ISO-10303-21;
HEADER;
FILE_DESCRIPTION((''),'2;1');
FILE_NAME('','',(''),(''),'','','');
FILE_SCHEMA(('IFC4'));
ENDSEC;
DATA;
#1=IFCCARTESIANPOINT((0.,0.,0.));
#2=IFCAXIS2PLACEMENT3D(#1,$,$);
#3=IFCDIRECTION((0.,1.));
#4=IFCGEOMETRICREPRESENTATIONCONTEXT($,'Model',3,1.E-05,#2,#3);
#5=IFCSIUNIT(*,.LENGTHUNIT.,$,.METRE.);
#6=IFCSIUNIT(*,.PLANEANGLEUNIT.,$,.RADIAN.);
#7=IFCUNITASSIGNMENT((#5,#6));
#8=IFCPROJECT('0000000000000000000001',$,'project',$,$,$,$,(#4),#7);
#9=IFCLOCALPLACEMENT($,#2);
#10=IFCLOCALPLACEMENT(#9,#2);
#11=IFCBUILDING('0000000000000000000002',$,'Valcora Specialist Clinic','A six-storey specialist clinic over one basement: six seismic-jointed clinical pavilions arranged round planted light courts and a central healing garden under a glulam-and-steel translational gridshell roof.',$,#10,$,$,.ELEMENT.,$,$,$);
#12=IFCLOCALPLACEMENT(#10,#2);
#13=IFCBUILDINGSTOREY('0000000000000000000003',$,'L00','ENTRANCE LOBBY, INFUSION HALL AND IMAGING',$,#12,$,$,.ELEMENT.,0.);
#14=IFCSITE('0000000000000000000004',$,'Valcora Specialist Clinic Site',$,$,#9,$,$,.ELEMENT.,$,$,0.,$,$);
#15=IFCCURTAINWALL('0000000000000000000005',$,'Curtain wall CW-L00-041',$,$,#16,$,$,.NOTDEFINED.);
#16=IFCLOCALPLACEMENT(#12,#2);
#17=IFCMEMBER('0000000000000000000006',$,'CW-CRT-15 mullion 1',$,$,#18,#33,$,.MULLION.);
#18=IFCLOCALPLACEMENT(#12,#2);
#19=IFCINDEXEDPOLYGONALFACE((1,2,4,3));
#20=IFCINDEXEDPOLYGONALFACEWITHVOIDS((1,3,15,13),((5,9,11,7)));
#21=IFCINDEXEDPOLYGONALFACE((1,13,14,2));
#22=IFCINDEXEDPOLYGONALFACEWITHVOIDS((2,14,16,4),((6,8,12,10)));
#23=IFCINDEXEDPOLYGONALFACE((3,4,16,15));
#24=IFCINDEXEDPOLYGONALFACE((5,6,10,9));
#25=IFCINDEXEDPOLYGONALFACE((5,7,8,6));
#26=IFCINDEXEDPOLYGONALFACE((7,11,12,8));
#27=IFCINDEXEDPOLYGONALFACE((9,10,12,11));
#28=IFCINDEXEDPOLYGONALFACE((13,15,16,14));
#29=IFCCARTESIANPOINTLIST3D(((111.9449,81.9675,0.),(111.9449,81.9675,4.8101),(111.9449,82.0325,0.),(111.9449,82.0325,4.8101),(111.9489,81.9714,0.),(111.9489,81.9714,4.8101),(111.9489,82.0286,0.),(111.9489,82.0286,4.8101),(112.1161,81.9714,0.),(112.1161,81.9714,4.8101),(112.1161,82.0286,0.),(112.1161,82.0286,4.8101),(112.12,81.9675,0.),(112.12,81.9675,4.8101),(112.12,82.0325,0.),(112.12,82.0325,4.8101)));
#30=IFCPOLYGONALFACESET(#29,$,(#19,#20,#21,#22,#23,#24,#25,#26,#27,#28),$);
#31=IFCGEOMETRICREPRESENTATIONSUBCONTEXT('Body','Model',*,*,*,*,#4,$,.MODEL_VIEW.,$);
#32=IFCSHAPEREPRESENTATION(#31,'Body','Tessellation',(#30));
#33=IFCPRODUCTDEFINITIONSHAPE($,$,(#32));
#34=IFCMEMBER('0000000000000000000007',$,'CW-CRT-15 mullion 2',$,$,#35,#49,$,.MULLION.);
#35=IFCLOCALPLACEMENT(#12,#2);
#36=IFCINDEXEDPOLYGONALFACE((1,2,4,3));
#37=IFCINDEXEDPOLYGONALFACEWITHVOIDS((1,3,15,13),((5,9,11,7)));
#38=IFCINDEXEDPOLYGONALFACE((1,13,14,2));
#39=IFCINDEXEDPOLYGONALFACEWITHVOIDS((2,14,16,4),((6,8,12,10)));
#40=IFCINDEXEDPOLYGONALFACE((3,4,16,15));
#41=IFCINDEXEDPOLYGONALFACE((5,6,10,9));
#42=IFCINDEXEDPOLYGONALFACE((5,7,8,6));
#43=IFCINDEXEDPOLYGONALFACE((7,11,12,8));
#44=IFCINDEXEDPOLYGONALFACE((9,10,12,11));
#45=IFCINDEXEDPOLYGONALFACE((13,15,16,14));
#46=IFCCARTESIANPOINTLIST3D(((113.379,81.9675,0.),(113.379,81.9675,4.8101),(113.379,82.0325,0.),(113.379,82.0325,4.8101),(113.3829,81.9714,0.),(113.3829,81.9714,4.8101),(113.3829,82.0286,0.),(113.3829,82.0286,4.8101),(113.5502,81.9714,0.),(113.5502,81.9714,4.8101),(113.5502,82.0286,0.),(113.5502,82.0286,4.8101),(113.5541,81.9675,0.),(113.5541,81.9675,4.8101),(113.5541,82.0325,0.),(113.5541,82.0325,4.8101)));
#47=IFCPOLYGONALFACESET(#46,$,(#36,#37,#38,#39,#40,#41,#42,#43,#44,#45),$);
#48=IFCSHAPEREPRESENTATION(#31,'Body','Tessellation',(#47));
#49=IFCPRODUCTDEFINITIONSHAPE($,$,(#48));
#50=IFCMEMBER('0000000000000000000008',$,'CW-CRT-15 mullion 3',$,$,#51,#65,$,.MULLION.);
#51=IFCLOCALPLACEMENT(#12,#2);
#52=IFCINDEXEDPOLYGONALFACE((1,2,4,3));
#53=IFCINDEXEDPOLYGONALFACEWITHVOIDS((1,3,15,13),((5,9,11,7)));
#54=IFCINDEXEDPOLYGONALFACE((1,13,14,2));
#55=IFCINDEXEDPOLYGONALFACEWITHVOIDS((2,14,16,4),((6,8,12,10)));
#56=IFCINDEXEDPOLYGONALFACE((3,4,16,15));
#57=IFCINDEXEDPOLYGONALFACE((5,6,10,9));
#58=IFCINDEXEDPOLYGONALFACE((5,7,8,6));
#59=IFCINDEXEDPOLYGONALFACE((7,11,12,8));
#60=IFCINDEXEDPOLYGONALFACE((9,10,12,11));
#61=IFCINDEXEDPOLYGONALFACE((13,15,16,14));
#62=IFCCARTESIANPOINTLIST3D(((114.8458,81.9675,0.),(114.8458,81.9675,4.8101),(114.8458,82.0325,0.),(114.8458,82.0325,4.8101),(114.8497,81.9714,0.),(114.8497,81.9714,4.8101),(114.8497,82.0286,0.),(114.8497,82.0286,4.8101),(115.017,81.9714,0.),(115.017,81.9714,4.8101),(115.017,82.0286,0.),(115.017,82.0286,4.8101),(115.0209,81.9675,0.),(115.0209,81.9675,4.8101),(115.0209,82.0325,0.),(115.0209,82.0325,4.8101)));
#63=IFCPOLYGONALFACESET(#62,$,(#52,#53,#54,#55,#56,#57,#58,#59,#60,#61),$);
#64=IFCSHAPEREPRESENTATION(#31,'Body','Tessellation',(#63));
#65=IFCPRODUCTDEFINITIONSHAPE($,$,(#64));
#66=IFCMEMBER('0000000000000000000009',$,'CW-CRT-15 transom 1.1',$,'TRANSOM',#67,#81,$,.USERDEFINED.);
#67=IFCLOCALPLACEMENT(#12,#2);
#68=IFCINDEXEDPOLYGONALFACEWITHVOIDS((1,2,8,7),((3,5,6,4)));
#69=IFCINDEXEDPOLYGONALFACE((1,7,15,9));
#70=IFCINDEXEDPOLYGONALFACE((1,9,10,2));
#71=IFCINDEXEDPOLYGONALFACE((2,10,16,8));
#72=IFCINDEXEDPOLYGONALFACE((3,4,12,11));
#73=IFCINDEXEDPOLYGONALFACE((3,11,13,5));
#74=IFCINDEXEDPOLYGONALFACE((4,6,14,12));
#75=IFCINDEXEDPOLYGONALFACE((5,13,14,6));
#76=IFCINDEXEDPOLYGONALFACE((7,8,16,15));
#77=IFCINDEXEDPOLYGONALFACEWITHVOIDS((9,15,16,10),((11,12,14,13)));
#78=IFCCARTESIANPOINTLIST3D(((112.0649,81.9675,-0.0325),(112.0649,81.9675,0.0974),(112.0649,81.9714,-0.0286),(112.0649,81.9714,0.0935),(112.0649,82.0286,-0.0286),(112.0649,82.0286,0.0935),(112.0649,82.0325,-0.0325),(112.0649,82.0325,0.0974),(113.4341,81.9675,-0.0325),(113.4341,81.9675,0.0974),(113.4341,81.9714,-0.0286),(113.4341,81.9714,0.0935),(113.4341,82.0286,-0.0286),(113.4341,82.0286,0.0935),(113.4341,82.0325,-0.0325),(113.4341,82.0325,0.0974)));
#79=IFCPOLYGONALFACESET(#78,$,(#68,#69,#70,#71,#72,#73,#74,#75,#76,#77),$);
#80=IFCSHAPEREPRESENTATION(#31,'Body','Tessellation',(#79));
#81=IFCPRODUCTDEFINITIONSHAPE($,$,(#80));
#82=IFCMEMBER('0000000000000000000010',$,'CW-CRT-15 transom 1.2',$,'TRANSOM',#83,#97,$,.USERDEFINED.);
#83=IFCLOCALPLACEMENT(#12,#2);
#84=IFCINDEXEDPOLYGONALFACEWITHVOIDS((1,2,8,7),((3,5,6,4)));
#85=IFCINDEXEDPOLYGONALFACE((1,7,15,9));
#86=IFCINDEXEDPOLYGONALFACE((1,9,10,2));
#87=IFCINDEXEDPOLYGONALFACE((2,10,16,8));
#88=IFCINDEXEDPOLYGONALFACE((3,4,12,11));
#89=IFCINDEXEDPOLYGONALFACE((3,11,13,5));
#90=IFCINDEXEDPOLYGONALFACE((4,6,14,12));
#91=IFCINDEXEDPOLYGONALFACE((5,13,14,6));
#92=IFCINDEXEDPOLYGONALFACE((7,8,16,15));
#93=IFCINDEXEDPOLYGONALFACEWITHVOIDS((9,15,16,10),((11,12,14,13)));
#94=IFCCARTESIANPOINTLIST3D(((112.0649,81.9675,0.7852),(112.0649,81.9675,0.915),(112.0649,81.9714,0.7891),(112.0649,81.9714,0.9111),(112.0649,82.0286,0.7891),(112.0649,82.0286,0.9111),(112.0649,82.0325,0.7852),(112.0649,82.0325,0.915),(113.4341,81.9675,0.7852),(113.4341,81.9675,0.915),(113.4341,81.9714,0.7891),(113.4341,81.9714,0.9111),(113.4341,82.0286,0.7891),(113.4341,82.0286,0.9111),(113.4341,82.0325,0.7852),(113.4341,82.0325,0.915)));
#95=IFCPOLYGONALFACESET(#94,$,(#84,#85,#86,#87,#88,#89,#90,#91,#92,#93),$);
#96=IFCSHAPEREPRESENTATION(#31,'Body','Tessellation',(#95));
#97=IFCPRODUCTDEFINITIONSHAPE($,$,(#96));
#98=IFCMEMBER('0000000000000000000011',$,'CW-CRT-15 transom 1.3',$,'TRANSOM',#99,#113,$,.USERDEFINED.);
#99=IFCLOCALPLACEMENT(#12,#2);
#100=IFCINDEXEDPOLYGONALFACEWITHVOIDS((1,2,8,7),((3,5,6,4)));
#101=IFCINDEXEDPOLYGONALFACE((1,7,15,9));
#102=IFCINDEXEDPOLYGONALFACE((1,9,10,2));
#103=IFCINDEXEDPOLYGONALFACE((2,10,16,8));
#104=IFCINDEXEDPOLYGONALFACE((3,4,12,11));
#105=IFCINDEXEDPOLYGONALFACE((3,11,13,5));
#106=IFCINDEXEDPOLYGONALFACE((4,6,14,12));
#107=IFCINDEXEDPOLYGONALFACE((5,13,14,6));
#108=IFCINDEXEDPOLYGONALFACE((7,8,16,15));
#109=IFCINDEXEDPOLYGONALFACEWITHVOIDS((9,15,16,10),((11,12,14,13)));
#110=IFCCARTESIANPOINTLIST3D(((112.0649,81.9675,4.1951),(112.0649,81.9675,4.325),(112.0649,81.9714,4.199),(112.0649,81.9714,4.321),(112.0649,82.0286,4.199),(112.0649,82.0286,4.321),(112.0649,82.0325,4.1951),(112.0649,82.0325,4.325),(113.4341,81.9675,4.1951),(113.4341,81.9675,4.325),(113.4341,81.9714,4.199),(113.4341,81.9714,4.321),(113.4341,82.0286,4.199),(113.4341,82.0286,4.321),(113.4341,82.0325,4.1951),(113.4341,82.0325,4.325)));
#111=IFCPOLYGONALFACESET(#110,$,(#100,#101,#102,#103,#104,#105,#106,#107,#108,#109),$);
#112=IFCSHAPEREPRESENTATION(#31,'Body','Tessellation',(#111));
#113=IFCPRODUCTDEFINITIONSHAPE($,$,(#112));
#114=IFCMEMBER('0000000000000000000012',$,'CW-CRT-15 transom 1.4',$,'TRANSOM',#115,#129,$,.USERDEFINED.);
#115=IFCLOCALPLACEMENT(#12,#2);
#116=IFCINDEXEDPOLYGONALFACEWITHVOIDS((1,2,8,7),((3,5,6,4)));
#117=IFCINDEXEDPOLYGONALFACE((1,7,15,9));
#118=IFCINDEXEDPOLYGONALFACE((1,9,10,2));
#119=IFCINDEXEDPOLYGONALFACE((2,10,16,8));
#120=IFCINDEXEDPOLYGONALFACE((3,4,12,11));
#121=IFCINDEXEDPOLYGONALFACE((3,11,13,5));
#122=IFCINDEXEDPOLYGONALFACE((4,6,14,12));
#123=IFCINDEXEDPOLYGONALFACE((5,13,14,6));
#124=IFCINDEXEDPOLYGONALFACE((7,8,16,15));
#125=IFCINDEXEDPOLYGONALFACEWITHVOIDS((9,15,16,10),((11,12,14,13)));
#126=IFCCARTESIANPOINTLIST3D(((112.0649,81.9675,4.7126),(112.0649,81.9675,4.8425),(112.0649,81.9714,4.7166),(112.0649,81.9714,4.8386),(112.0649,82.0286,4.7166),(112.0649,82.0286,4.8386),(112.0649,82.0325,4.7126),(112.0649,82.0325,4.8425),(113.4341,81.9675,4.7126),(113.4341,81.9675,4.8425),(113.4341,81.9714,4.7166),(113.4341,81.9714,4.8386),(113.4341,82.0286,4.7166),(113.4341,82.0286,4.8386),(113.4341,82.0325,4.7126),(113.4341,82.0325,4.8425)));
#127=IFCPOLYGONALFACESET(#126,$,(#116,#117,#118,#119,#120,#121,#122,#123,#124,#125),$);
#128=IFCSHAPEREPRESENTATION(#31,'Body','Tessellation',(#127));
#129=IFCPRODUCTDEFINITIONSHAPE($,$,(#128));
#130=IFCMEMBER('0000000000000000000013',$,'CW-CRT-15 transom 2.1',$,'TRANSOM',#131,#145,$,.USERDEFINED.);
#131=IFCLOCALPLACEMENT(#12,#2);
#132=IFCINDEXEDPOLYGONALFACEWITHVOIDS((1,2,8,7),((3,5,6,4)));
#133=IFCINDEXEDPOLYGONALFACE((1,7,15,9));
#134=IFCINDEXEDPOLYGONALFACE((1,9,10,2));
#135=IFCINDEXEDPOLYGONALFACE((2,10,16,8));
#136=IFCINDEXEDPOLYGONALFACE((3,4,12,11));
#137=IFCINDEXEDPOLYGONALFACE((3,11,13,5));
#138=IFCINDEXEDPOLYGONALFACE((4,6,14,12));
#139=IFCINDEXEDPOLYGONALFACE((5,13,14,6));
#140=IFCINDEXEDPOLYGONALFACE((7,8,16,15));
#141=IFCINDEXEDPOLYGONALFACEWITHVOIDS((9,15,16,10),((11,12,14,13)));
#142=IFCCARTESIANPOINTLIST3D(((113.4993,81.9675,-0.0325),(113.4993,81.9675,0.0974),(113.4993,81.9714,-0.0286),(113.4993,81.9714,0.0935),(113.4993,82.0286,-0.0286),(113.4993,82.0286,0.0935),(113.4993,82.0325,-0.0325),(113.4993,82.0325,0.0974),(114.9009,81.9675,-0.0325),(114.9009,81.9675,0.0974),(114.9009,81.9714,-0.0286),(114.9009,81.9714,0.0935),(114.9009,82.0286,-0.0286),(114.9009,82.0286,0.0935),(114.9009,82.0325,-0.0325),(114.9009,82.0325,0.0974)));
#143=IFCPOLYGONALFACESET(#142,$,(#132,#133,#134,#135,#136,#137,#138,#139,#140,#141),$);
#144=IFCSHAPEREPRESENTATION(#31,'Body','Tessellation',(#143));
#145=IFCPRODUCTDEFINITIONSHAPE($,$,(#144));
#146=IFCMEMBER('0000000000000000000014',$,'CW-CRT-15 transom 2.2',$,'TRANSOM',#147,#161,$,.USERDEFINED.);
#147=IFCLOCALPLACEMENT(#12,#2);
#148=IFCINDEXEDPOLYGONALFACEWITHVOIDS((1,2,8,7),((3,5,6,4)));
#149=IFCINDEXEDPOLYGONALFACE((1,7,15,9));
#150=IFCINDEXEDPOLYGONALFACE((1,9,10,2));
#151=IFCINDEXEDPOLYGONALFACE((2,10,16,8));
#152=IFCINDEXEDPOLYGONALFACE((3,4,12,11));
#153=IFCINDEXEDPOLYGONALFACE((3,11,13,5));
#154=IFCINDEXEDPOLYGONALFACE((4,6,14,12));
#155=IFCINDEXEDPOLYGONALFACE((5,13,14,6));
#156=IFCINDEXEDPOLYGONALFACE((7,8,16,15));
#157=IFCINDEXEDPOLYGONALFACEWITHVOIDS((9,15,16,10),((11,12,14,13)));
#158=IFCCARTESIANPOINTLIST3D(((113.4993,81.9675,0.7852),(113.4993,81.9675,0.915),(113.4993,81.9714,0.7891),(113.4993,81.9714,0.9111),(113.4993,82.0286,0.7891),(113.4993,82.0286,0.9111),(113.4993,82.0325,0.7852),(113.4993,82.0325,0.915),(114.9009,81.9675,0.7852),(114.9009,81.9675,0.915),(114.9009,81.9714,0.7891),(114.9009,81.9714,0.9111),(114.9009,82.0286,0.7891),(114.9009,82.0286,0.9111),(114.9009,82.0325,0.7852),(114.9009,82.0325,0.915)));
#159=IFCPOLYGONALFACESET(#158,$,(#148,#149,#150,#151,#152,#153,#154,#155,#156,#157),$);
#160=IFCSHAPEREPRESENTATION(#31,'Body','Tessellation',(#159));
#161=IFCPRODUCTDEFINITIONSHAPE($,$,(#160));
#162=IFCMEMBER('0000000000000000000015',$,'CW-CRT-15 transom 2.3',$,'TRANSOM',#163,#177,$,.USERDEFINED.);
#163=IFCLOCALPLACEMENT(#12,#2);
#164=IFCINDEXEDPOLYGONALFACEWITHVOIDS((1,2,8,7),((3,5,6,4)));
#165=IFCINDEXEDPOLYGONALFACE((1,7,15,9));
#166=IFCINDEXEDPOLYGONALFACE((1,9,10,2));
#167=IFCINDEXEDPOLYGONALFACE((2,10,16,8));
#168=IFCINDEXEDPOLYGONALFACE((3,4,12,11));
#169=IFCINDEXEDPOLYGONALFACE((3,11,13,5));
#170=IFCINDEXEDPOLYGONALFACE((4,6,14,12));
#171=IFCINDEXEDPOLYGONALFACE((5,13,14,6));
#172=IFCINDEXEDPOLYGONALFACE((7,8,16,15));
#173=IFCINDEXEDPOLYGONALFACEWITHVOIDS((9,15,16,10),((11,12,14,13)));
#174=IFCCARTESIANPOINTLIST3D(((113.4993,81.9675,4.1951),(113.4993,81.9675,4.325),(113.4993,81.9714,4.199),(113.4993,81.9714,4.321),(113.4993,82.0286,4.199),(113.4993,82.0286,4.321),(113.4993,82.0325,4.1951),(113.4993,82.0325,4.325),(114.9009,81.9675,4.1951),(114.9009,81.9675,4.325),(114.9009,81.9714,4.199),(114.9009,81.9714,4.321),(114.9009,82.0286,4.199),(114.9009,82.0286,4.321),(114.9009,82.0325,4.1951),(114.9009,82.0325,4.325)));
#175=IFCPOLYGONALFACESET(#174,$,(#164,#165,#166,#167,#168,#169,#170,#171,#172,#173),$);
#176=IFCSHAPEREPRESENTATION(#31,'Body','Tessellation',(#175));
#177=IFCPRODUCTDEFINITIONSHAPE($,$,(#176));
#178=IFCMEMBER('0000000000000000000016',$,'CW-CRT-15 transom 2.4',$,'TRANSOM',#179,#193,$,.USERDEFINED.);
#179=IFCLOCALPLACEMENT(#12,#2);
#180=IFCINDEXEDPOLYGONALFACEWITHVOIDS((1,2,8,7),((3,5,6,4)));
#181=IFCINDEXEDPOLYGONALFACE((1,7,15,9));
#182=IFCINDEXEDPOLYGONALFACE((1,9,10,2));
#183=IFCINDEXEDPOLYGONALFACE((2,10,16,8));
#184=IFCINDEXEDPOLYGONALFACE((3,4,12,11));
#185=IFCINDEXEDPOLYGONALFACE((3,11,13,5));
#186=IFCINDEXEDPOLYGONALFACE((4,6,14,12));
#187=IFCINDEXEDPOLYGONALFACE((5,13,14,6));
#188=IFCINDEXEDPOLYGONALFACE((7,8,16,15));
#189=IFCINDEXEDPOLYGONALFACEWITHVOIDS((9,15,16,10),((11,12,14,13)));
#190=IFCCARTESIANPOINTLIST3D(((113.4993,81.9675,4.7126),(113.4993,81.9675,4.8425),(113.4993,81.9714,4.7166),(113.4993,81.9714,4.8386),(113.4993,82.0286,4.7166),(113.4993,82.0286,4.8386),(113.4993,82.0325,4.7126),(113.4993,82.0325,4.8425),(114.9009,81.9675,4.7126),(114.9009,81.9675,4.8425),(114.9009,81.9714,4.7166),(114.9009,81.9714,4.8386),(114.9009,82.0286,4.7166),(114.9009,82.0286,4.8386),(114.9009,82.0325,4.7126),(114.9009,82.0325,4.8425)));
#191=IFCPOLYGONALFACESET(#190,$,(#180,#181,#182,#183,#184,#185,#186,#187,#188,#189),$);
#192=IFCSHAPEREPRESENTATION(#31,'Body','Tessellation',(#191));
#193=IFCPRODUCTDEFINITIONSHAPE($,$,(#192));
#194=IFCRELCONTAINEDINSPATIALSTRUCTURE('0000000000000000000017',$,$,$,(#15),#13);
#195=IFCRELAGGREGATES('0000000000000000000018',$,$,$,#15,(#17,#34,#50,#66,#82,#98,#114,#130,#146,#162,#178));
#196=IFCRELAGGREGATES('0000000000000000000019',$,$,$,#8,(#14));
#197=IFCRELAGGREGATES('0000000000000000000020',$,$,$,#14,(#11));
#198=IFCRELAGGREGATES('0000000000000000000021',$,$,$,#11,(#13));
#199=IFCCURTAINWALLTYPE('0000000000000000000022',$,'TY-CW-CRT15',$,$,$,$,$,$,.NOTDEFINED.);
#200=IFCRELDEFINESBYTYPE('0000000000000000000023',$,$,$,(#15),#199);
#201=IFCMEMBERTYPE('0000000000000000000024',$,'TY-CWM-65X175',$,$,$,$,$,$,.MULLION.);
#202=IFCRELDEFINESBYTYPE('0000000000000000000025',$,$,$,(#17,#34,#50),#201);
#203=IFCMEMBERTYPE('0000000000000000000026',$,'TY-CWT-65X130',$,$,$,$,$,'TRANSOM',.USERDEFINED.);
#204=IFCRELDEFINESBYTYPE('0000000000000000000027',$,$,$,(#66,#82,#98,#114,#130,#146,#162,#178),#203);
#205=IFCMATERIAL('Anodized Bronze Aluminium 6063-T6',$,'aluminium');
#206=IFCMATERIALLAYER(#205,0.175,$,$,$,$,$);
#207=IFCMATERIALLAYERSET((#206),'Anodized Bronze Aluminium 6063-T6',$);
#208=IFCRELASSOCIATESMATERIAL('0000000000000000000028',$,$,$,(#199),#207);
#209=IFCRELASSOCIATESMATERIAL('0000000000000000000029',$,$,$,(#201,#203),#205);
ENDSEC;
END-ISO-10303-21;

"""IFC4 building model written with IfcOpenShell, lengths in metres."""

from ifc_helpers import new_model, si_unit, direction, frame, origin, origin_2d, place, context, subcontext, project, spatial, hollow_rectangle, extrude, material, layer, layer_set, material_profile, profile_set, type_object, element, aggregate, save


model = new_model("IFC4")

# Units and contexts
model_context = context("Model", 3, precision=1e-05, world=origin(), true_north=direction((0.0, 1.0)))
body_context = subcontext(model_context, "Body", "Model", "MODEL_VIEW")
ifc_project = project(units=[si_unit("LENGTHUNIT", "METRE"), si_unit("PLANEANGLEUNIT", "RADIAN")], contexts=[model_context])

# Site, building, storey
site_placement = place(None, origin())
site = spatial("IfcSite", under=ifc_project, at=site_placement, Name="Valcora Specialist Clinic Site", CompositionType="ELEMENT", RefElevation=0.0)
building_placement = place(site_placement, origin())
building = spatial("IfcBuilding", under=site, at=building_placement, Name="Valcora Specialist Clinic", Description="A six-storey specialist clinic over one basement: six seismic-jointed clinical pavilions arranged round planted light courts and a central healing garden under a glulam-and-steel translational gridshell roof.", CompositionType="ELEMENT")
storey_placement = place(building_placement, origin())
storey = spatial("IfcBuildingStorey", under=building, at=storey_placement, Name="L00", Description="ENTRANCE LOBBY, INFUSION HALL AND IMAGING", CompositionType="ELEMENT", Elevation=0.0)

# Curtain wall, members
ifc_material_1 = material(Name="Anodized Bronze Aluminium 6063-T6", Category="aluminium")
ifc_layer_1 = layer(ifc_material_1, 0.175)
ifc_layer_set_1 = layer_set([ifc_layer_1], Name="Anodized Bronze Aluminium 6063-T6")
curtain_wall_type = type_object("IfcCurtainWallType", Name="TY-CW-CRT15", PredefinedType="NOTDEFINED", material=ifc_layer_set_1)
curtain_wall_placement = place(storey_placement, origin())
curtain_wall = element("IfcCurtainWall", 1, at=curtain_wall_placement, inside=storey, type_object=curtain_wall_type, Name="Curtain wall CW-L00-041", PredefinedType="NOTDEFINED")
ifc_material_profile_1 = material_profile(ifc_material_1, hollow_rectangle(XDim=0.0649, YDim=0.175, WallThickness=0.0039, at=origin_2d()), Name="AL-MUL-65X175")
ifc_profile_set_1 = profile_set([ifc_material_profile_1], Name="Anodized Bronze Aluminium 6063-T6")
member_type_1 = type_object("IfcMemberType", Name="TY-CWM-65X175", PredefinedType="MULLION", material=ifc_profile_set_1)
member_1_placement = place(storey_placement, frame((112.0325, 82.0, 0.0), z_axis=(0.0, 0.0, 1.0), x_axis=(0.0, 1.0, 0.0)))
member_1 = element("IfcMember", 2, at=member_1_placement, type_object=member_type_1, Name="CW-CRT-15 mullion 1", PredefinedType="MULLION", context=body_context, shape_type="SweptSolid", body=[
    extrude(hollow_rectangle(XDim=0.0649, YDim=0.175, WallThickness=0.0039, at=origin_2d()), origin(), (0.0, 0.0, 1.0), 4.8101),
])
member_2_placement = place(storey_placement, frame((113.4666, 82.0, 0.0), z_axis=(0.0, 0.0, 1.0), x_axis=(0.0, 1.0, 0.0)))
member_2 = element("IfcMember", 3, at=member_2_placement, type_object=member_type_1, Name="CW-CRT-15 mullion 2", PredefinedType="MULLION", context=body_context, shape_type="SweptSolid", body=[
    extrude(hollow_rectangle(XDim=0.0649, YDim=0.175, WallThickness=0.0039, at=origin_2d()), origin(), (0.0, 0.0, 1.0), 4.8101),
])
member_3_placement = place(storey_placement, frame((114.9333, 82.0, 0.0), z_axis=(0.0, 0.0, 1.0), x_axis=(0.0, 1.0, 0.0)))
member_3 = element("IfcMember", 4, at=member_3_placement, type_object=member_type_1, Name="CW-CRT-15 mullion 3", PredefinedType="MULLION", context=body_context, shape_type="SweptSolid", body=[
    extrude(hollow_rectangle(XDim=0.0649, YDim=0.175, WallThickness=0.0039, at=origin_2d()), origin(), (0.0, 0.0, 1.0), 4.8101),
])
ifc_material_profile_2 = material_profile(ifc_material_1, hollow_rectangle(XDim=0.0649, YDim=0.1299, WallThickness=0.0039, at=origin_2d()), Name="AL-TRN-65X130")
ifc_profile_set_2 = profile_set([ifc_material_profile_2], Name="Anodized Bronze Aluminium 6063-T6")
member_type_2 = type_object("IfcMemberType", Name="TY-CWT-65X130", ElementType="TRANSOM", PredefinedType="USERDEFINED", material=ifc_profile_set_2)
member_4_placement = place(storey_placement, frame((112.0649, 82.0, 0.0325), z_axis=(1.0, 0.0, 0.0), x_axis=(0.0, 1.0, 0.0)))
member_4 = element("IfcMember", 5, at=member_4_placement, type_object=member_type_2, Name="CW-CRT-15 transom 1.1", ObjectType="TRANSOM", PredefinedType="USERDEFINED", context=body_context, shape_type="SweptSolid", body=[
    extrude(hollow_rectangle(XDim=0.0649, YDim=0.1299, WallThickness=0.0039, at=origin_2d()), origin(), (0.0, 0.0, 1.0), 1.3691),
])
member_5_placement = place(storey_placement, frame((112.0649, 82.0, 0.8501), z_axis=(1.0, 0.0, 0.0), x_axis=(0.0, 1.0, 0.0)))
member_5 = element("IfcMember", 6, at=member_5_placement, type_object=member_type_2, Name="CW-CRT-15 transom 1.2", ObjectType="TRANSOM", PredefinedType="USERDEFINED", context=body_context, shape_type="SweptSolid", body=[
    extrude(hollow_rectangle(XDim=0.0649, YDim=0.1299, WallThickness=0.0039, at=origin_2d()), origin(), (0.0, 0.0, 1.0), 1.3691),
])
member_6_placement = place(storey_placement, frame((112.0649, 82.0, 4.26), z_axis=(1.0, 0.0, 0.0), x_axis=(0.0, 1.0, 0.0)))
member_6 = element("IfcMember", 7, at=member_6_placement, type_object=member_type_2, Name="CW-CRT-15 transom 1.3", ObjectType="TRANSOM", PredefinedType="USERDEFINED", context=body_context, shape_type="SweptSolid", body=[
    extrude(hollow_rectangle(XDim=0.0649, YDim=0.1299, WallThickness=0.0039, at=origin_2d()), origin(), (0.0, 0.0, 1.0), 1.3691),
])
member_7_placement = place(storey_placement, frame((112.0649, 82.0, 4.7776), z_axis=(1.0, 0.0, 0.0), x_axis=(0.0, 1.0, 0.0)))
member_7 = element("IfcMember", 8, at=member_7_placement, type_object=member_type_2, Name="CW-CRT-15 transom 1.4", ObjectType="TRANSOM", PredefinedType="USERDEFINED", context=body_context, shape_type="SweptSolid", body=[
    extrude(hollow_rectangle(XDim=0.0649, YDim=0.1299, WallThickness=0.0039, at=origin_2d()), origin(), (0.0, 0.0, 1.0), 1.3691),
])
member_8_placement = place(storey_placement, frame((113.4993, 82.0, 0.0325), z_axis=(1.0, 0.0, 0.0), x_axis=(0.0, 1.0, 0.0)))
member_8 = element("IfcMember", 9, at=member_8_placement, type_object=member_type_2, Name="CW-CRT-15 transom 2.1", ObjectType="TRANSOM", PredefinedType="USERDEFINED", context=body_context, shape_type="SweptSolid", body=[
    extrude(hollow_rectangle(XDim=0.0649, YDim=0.1299, WallThickness=0.0039, at=origin_2d()), origin(), (0.0, 0.0, 1.0), 1.4016),
])
member_9_placement = place(storey_placement, frame((113.4993, 82.0, 0.8501), z_axis=(1.0, 0.0, 0.0), x_axis=(0.0, 1.0, 0.0)))
member_9 = element("IfcMember", 10, at=member_9_placement, type_object=member_type_2, Name="CW-CRT-15 transom 2.2", ObjectType="TRANSOM", PredefinedType="USERDEFINED", context=body_context, shape_type="SweptSolid", body=[
    extrude(hollow_rectangle(XDim=0.0649, YDim=0.1299, WallThickness=0.0039, at=origin_2d()), origin(), (0.0, 0.0, 1.0), 1.4016),
])
member_10_placement = place(storey_placement, frame((113.4993, 82.0, 4.26), z_axis=(1.0, 0.0, 0.0), x_axis=(0.0, 1.0, 0.0)))
member_10 = element("IfcMember", 11, at=member_10_placement, type_object=member_type_2, Name="CW-CRT-15 transom 2.3", ObjectType="TRANSOM", PredefinedType="USERDEFINED", context=body_context, shape_type="SweptSolid", body=[
    extrude(hollow_rectangle(XDim=0.0649, YDim=0.1299, WallThickness=0.0039, at=origin_2d()), origin(), (0.0, 0.0, 1.0), 1.4016),
])
member_11_placement = place(storey_placement, frame((113.4993, 82.0, 4.7776), z_axis=(1.0, 0.0, 0.0), x_axis=(0.0, 1.0, 0.0)))
member_11 = element("IfcMember", 12, at=member_11_placement, type_object=member_type_2, Name="CW-CRT-15 transom 2.4", ObjectType="TRANSOM", PredefinedType="USERDEFINED", context=body_context, shape_type="SweptSolid", body=[
    extrude(hollow_rectangle(XDim=0.0649, YDim=0.1299, WallThickness=0.0039, at=origin_2d()), origin(), (0.0, 0.0, 1.0), 1.4016),
])
aggregate(curtain_wall, [member_1, member_2, member_3, member_4, member_5, member_6, member_7, member_8, member_9, member_10, member_11])

save(model, "model.ifc")
